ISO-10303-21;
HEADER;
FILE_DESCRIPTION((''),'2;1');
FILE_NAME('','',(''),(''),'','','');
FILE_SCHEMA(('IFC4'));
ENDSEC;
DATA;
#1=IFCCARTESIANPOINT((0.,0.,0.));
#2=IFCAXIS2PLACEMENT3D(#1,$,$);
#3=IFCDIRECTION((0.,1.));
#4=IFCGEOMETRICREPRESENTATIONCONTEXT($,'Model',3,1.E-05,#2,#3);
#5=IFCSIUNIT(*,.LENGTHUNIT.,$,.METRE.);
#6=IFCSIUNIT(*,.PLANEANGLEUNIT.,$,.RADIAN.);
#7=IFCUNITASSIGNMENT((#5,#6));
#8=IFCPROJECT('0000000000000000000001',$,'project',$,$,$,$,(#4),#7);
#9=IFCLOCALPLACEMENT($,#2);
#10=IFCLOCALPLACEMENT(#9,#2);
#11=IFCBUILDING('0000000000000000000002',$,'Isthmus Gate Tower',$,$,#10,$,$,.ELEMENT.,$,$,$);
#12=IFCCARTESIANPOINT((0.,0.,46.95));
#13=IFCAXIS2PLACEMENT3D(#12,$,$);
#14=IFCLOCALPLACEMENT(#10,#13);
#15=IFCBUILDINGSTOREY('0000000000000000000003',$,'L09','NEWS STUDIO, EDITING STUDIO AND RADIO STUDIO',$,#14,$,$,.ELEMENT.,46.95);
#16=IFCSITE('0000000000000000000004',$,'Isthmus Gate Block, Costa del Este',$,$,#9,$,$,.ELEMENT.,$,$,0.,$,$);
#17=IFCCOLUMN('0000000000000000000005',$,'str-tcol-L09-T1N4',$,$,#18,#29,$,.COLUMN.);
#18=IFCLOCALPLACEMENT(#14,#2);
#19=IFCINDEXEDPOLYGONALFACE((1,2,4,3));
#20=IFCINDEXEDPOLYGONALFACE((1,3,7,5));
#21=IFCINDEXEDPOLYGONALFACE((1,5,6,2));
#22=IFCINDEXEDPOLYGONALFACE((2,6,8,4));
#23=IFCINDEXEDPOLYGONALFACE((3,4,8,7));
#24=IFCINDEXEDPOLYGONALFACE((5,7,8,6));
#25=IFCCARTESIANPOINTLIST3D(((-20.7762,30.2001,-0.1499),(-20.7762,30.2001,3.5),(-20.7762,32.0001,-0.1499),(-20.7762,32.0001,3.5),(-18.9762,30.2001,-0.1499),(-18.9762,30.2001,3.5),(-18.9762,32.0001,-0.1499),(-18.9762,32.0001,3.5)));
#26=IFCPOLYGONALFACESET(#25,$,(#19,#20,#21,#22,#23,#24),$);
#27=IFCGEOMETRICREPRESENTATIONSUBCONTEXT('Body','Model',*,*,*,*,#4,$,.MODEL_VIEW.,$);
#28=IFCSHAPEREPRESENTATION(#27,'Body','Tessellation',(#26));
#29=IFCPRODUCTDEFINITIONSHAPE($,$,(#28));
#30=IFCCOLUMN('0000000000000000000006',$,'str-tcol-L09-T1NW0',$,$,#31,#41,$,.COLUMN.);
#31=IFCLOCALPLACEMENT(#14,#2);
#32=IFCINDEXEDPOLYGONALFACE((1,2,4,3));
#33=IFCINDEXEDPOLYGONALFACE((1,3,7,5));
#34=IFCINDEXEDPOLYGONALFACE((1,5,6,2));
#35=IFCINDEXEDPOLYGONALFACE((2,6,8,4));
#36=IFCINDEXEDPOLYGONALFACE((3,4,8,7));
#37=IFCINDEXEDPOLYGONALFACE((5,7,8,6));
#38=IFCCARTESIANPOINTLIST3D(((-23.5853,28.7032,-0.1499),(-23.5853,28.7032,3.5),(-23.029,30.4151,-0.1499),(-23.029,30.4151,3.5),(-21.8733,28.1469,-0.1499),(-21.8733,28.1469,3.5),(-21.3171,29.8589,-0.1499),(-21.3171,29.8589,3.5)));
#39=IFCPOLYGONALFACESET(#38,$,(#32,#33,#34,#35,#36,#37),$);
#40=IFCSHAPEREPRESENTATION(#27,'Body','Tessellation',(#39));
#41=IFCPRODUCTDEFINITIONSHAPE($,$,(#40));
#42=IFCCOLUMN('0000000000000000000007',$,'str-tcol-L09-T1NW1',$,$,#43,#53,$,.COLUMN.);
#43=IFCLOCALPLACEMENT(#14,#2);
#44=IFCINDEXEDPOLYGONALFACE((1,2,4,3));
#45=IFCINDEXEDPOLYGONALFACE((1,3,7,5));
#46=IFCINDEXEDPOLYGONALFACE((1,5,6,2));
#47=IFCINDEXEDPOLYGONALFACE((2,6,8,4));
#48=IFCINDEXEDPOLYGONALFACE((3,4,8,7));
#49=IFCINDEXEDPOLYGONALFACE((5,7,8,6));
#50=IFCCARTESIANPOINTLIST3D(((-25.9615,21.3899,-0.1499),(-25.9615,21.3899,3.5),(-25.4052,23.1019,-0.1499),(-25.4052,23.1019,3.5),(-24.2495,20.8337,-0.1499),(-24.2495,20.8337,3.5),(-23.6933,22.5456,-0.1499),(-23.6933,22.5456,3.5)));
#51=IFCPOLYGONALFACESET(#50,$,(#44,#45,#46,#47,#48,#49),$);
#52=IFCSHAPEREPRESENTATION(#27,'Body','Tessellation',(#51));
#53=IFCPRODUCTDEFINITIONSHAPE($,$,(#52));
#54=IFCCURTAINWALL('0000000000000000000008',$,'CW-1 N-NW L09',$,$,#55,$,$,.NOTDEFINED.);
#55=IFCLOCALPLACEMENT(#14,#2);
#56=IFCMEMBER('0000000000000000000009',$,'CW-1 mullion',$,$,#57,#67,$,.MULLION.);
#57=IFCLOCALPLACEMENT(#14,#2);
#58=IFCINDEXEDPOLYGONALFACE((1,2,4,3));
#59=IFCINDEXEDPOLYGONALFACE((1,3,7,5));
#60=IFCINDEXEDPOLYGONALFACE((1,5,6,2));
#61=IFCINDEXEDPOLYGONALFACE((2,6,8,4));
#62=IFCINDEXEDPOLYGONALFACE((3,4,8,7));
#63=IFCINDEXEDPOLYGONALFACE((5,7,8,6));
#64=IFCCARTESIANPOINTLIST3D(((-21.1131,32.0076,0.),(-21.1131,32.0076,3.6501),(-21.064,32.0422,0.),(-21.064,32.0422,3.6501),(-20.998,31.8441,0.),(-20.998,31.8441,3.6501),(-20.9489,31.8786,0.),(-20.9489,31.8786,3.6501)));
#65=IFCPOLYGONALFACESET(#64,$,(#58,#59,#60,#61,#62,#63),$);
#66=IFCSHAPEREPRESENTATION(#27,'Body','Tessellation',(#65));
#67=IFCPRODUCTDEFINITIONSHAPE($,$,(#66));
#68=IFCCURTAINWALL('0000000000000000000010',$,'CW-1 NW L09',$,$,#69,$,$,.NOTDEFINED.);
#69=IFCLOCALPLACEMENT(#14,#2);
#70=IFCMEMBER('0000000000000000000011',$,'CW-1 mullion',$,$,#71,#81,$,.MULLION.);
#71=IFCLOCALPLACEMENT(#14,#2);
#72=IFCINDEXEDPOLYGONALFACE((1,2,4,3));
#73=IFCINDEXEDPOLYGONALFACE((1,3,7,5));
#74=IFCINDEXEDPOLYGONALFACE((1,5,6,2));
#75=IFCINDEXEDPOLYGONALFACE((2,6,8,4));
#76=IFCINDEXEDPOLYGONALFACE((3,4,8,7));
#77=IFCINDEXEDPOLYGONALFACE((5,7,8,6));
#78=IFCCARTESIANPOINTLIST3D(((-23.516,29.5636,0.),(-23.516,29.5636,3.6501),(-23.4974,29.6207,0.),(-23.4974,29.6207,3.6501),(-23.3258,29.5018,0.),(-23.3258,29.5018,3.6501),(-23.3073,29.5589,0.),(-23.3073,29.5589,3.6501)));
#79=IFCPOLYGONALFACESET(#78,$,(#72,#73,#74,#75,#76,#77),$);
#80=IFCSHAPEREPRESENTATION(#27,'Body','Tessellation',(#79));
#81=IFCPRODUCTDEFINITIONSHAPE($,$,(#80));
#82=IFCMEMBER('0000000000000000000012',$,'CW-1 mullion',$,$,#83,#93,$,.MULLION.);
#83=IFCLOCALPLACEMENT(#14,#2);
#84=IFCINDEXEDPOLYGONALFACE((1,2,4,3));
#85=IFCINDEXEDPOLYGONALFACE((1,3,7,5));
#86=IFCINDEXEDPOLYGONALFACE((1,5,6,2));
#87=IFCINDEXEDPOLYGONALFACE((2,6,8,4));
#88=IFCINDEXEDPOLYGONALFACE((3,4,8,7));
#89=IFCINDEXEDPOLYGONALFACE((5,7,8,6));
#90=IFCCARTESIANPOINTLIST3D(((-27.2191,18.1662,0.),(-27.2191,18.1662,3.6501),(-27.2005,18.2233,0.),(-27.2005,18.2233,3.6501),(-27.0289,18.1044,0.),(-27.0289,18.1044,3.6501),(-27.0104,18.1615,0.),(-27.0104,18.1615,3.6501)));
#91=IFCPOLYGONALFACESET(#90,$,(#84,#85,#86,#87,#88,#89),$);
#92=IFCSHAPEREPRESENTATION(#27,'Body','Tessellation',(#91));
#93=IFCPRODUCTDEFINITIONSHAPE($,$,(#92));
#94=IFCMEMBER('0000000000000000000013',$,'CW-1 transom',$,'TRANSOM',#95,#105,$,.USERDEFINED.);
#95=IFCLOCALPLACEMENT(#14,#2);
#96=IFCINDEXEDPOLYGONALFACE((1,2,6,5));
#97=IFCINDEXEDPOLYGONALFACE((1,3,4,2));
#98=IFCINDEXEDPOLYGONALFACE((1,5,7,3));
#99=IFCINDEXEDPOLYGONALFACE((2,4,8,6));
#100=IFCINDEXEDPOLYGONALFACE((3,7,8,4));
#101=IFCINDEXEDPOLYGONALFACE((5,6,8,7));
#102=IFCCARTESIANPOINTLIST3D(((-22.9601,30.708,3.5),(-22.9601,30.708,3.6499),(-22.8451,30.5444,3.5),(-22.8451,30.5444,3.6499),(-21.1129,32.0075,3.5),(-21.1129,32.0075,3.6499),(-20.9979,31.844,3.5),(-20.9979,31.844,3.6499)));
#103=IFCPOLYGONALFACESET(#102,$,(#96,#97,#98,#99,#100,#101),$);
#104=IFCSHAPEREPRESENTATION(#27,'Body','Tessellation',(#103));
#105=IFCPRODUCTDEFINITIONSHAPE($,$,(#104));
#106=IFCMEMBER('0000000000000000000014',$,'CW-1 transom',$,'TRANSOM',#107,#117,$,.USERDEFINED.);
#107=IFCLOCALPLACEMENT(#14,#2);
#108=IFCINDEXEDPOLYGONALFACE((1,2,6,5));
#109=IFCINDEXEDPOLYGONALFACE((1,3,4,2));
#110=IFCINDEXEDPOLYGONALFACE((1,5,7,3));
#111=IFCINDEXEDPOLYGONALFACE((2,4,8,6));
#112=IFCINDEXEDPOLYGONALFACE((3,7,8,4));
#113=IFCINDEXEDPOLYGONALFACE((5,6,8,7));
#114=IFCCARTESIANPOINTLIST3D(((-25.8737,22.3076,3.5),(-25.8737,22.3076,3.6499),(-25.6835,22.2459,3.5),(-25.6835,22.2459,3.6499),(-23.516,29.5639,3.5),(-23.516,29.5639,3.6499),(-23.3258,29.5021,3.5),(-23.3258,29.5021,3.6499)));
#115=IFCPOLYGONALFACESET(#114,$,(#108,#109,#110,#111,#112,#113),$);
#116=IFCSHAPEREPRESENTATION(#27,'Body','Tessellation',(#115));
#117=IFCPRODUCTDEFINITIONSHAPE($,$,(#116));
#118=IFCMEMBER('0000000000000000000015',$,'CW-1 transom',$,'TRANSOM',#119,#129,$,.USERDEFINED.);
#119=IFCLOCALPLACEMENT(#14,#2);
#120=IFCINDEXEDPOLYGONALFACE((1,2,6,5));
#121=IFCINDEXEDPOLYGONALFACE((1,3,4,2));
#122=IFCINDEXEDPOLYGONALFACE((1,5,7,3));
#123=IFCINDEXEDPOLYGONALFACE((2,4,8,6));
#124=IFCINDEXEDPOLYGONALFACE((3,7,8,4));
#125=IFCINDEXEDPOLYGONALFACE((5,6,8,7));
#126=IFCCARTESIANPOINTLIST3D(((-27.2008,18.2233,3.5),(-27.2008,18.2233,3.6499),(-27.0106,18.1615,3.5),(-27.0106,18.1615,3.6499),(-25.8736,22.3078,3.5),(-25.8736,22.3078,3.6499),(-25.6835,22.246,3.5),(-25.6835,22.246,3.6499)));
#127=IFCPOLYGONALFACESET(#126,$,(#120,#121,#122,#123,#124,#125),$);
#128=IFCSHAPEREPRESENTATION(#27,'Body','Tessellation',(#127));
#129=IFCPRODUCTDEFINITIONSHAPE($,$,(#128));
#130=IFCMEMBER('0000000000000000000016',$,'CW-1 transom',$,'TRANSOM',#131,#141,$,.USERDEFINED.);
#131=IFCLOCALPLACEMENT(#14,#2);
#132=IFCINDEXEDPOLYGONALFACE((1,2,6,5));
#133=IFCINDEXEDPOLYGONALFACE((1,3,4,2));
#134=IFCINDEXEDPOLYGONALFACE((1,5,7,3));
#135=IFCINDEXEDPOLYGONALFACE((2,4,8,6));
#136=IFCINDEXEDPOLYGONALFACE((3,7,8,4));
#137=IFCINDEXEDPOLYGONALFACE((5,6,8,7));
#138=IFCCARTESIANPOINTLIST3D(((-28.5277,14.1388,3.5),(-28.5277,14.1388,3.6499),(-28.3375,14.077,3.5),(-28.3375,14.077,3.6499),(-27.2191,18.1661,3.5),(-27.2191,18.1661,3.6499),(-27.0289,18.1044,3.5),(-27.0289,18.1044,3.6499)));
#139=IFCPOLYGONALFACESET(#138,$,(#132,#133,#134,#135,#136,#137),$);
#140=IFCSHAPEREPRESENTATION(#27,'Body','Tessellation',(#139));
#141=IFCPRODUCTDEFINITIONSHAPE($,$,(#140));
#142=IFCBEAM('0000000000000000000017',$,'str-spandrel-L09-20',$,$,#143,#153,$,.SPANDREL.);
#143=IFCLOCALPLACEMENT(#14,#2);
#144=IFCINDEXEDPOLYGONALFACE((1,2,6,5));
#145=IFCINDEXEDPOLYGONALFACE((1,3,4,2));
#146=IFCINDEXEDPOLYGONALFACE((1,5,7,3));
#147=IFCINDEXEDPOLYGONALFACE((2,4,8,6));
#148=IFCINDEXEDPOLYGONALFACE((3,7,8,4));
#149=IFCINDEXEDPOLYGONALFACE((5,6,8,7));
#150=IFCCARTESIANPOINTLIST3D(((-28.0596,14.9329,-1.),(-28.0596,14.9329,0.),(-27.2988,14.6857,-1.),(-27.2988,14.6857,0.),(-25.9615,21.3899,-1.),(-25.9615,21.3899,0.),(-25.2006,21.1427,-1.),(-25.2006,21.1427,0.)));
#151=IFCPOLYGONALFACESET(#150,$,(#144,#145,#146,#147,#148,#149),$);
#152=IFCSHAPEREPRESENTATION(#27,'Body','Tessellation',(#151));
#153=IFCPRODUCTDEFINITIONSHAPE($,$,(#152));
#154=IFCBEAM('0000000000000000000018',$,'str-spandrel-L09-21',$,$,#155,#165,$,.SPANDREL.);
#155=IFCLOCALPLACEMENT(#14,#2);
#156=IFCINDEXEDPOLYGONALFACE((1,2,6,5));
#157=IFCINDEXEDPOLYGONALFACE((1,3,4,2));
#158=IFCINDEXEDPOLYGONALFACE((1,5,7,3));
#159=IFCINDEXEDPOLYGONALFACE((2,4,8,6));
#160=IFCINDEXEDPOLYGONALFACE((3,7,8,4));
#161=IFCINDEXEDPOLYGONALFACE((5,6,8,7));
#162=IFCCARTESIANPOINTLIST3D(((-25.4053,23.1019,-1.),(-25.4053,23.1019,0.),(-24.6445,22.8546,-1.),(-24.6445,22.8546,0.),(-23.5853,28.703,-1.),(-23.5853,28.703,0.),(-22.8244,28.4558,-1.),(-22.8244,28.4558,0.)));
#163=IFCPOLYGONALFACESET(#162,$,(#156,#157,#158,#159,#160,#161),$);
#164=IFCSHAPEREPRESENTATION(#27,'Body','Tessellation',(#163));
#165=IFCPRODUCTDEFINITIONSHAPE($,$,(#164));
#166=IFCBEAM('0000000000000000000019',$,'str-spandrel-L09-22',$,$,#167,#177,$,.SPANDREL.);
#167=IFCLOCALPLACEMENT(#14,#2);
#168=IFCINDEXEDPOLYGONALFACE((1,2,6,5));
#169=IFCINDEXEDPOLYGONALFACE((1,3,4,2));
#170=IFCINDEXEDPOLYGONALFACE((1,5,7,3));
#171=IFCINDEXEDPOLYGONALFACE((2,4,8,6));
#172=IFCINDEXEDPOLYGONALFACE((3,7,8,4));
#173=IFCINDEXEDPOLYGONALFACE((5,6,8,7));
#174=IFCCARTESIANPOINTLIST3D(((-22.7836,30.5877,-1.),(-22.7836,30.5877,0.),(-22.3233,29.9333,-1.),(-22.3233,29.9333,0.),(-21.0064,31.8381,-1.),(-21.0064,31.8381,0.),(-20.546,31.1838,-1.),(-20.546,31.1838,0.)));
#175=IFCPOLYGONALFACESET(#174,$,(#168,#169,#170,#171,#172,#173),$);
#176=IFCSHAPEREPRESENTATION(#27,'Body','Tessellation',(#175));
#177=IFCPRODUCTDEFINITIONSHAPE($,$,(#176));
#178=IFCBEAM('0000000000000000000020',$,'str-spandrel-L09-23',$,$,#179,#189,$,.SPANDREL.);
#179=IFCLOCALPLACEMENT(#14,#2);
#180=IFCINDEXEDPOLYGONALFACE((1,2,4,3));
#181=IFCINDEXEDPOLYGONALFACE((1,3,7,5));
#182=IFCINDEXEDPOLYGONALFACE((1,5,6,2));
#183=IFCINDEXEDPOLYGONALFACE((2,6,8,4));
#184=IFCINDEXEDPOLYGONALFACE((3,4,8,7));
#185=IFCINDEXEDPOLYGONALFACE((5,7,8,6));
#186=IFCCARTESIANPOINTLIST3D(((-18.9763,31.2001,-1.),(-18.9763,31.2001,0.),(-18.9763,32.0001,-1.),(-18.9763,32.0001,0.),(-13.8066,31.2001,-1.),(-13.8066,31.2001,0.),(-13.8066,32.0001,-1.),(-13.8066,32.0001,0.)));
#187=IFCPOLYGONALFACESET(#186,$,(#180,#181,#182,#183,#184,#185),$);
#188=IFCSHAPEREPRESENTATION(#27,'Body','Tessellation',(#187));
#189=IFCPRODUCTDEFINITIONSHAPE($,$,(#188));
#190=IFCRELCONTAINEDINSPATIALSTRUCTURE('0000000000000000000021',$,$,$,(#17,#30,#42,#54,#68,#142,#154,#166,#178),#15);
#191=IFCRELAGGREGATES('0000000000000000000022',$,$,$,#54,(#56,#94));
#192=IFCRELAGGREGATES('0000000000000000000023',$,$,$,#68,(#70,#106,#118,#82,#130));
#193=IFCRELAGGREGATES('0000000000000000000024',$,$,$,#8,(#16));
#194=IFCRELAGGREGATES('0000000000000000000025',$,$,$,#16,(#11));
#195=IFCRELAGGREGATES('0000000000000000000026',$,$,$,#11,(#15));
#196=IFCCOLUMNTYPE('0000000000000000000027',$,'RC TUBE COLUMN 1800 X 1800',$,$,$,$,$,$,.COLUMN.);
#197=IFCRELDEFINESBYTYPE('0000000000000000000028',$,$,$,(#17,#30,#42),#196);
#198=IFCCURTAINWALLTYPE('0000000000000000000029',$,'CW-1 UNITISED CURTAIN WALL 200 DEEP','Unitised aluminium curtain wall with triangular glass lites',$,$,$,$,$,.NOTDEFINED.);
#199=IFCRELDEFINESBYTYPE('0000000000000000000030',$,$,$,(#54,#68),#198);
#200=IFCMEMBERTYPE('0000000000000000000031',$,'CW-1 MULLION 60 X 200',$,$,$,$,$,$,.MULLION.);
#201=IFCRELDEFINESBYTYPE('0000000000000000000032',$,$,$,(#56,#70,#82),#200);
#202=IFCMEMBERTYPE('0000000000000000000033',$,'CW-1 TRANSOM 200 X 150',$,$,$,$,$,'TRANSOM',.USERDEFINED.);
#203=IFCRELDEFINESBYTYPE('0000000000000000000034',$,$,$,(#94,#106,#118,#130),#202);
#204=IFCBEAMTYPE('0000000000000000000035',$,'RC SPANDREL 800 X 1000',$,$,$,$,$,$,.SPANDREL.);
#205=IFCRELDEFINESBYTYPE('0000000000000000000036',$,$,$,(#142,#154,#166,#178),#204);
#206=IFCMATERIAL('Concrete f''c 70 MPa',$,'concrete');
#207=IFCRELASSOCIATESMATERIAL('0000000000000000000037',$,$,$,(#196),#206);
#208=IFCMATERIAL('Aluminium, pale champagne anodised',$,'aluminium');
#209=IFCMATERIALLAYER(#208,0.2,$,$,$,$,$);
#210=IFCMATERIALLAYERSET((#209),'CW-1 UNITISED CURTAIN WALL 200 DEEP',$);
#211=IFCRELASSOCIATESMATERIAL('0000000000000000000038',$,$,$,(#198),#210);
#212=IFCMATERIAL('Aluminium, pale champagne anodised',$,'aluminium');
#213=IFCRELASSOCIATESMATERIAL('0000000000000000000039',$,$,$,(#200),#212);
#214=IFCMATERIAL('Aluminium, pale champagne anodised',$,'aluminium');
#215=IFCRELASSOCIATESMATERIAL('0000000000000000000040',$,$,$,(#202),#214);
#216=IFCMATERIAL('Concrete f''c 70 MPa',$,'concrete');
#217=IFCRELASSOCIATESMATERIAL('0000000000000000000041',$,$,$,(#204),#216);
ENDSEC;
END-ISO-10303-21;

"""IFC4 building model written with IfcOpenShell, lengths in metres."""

from ifc_helpers import new_model, si_unit, direction, frame, origin, origin_2d, place, context, subcontext, project, spatial, rectangle, extrude, material, layer, layer_set, material_profile, profile_set, type_object, element, aggregate, save


model = new_model("IFC4")

# Units and contexts
model_context = context("Model", 3, precision=1e-05, world=origin(), true_north=direction((0.0, 1.0)))
body_context = subcontext(model_context, "Body", "Model", "MODEL_VIEW")
ifc_project = project(units=[si_unit("LENGTHUNIT", "METRE"), si_unit("PLANEANGLEUNIT", "RADIAN")], contexts=[model_context])

# Site, building, storey
site_placement = place(None, origin())
site = spatial("IfcSite", under=ifc_project, at=site_placement, Name="Isthmus Gate Block, Costa del Este", CompositionType="ELEMENT", RefElevation=0.0)
building_placement = place(site_placement, origin())
building = spatial("IfcBuilding", under=site, at=building_placement, Name="Isthmus Gate Tower", CompositionType="ELEMENT")
storey_placement = place(building_placement, frame((0.0, 0.0, 46.95)))
storey = spatial("IfcBuildingStorey", under=building, at=storey_placement, Name="L09", Description="NEWS STUDIO, EDITING STUDIO AND RADIO STUDIO", CompositionType="ELEMENT", Elevation=46.95)

# Columns
ifc_material_1 = material(Name="Concrete f'c 70 MPa", Category="concrete")
ifc_material_profile_1 = material_profile(ifc_material_1, rectangle(XDim=1.8, YDim=1.8, at=origin_2d()), Name="RC 1800X1800")
ifc_profile_set_1 = profile_set([ifc_material_profile_1], Name="Concrete f'c 70 MPa")
column_type = type_object("IfcColumnType", Name="RC TUBE COLUMN 1800 X 1800", PredefinedType="COLUMN", material=ifc_profile_set_1)
for number, where, z_axis, x_axis, name in (
    (1, (-19.8762, 31.1001, -0.1499), (0.0, 0.0, 1.0), (-1.0, 0.0, 0.0), "str-tcol-L09-T1N4"),
    (2, (-22.4512, 29.281, -0.1499), (0.0, 0.0, 1.0), (-0.309017, -0.951057, 0.0), "str-tcol-L09-T1NW0"),
    (3, (-24.8274, 21.9678, -0.1499), (0.0, 0.0, 1.0), (-0.309017, -0.951057, 0.0), "str-tcol-L09-T1NW1"),
):
    element("IfcColumn", number, at=place(storey_placement, frame(where, z_axis=z_axis, x_axis=x_axis)), inside=storey, type_object=column_type, Name=name, PredefinedType="COLUMN", context=body_context, shape_type="SweptSolid", body=[
        extrude(rectangle(XDim=1.8, YDim=1.8, at=origin_2d()), origin(), (0.0, 0.0, 1.0), 3.6499),
    ])

# Curtain wall, member
ifc_material_2 = material(Name="Aluminium, pale champagne anodised", Category="aluminium")
ifc_layer_1 = layer(ifc_material_2, 0.2)
ifc_layer_set_1 = layer_set([ifc_layer_1], Name="CW-1 UNITISED CURTAIN WALL 200 DEEP")
curtain_wall_type = type_object("IfcCurtainWallType", Name="CW-1 UNITISED CURTAIN WALL 200 DEEP", Description="Unitised aluminium curtain wall with triangular glass lites", PredefinedType="NOTDEFINED", material=ifc_layer_set_1)
curtain_wall_1_placement = place(storey_placement, origin())
curtain_wall_1 = element("IfcCurtainWall", 4, at=curtain_wall_1_placement, inside=storey, type_object=curtain_wall_type, Name="CW-1 N-NW L09", PredefinedType="NOTDEFINED")
ifc_material_3 = material(Name="Aluminium, pale champagne anodised", Category="aluminium")
ifc_material_profile_2 = material_profile(ifc_material_3, rectangle(XDim=0.0601, YDim=0.2, at=origin_2d()), Name="60x200")
ifc_profile_set_2 = profile_set([ifc_material_profile_2], Name="Aluminium, pale champagne anodised")
member_type_1 = type_object("IfcMemberType", Name="CW-1 MULLION 60 X 200", PredefinedType="MULLION", material=ifc_profile_set_2)
member_1_placement = place(storey_placement, frame((-21.031, 31.9431, 0.0), z_axis=(0.0, 0.0, 1.0), x_axis=(-0.81786, -0.575418, 0.0)))
member_1 = element("IfcMember", 5, at=member_1_placement, type_object=member_type_1, Name="CW-1 mullion", PredefinedType="MULLION", context=body_context, shape_type="SweptSolid", body=[
    extrude(rectangle(XDim=0.0601, YDim=0.2, at=origin_2d()), origin(), (0.0, 0.0, 1.0), 3.6501),
])

# Curtain wall, members
curtain_wall_2_placement = place(storey_placement, origin())
curtain_wall_2 = element("IfcCurtainWall", 6, at=curtain_wall_2_placement, inside=storey, type_object=curtain_wall_type, Name="CW-1 NW L09", PredefinedType="NOTDEFINED")
member_2_placement = place(storey_placement, frame((-23.4116, 29.5613, 0.0), z_axis=(0.0, 0.0, 1.0), x_axis=(-0.309017, -0.951057, 0.0)))
member_2 = element("IfcMember", 7, at=member_2_placement, type_object=member_type_1, Name="CW-1 mullion", PredefinedType="MULLION", context=body_context, shape_type="SweptSolid", body=[
    extrude(rectangle(XDim=0.0601, YDim=0.2, at=origin_2d()), origin(), (0.0, 0.0, 1.0), 3.6501),
])
member_3_placement = place(storey_placement, frame((-27.1147, 18.1638, 0.0), z_axis=(0.0, 0.0, 1.0), x_axis=(-0.309017, -0.951057, 0.0)))
member_3 = element("IfcMember", 8, at=member_3_placement, type_object=member_type_1, Name="CW-1 mullion", PredefinedType="MULLION", context=body_context, shape_type="SweptSolid", body=[
    extrude(rectangle(XDim=0.0601, YDim=0.2, at=origin_2d()), origin(), (0.0, 0.0, 1.0), 3.6501),
])

# Members
ifc_material_4 = material(Name="Aluminium, pale champagne anodised", Category="aluminium")
ifc_material_profile_3 = material_profile(ifc_material_4, rectangle(XDim=0.2, YDim=0.1499, at=origin_2d()), Name="200x150")
ifc_profile_set_3 = profile_set([ifc_material_profile_3], Name="Aluminium, pale champagne anodised")
member_type_2 = type_object("IfcMemberType", Name="CW-1 TRANSOM 200 X 150", ElementType="TRANSOM", PredefinedType="USERDEFINED", material=ifc_profile_set_3)
member_4_placement = place(storey_placement, frame((-21.0554, 31.9258, 3.575), z_axis=(-0.817869, -0.575405, 0.0), x_axis=(0.575405, -0.817869, 0.0)))
member_4 = element("IfcMember", 9, at=member_4_placement, type_object=member_type_2, Name="CW-1 transom", ObjectType="TRANSOM", PredefinedType="USERDEFINED", context=body_context, shape_type="SweptSolid", body=[
    extrude(rectangle(XDim=0.2, YDim=0.1499, at=origin_2d()), origin(), (0.0, 0.0, 1.0), 2.2585),
])
member_5_placement = place(storey_placement, frame((-23.4209, 29.533, 3.575), z_axis=(-0.309019, -0.951056, 0.0), x_axis=(0.951056, -0.309019, 0.0)))
member_5 = element("IfcMember", 10, at=member_5_placement, type_object=member_type_2, Name="CW-1 transom", ObjectType="TRANSOM", PredefinedType="USERDEFINED", context=body_context, shape_type="SweptSolid", body=[
    extrude(rectangle(XDim=0.2, YDim=0.1499, at=origin_2d()), origin(), (0.0, 0.0, 1.0), 7.6296),
])
member_6_placement = place(storey_placement, frame((-25.7786, 22.2769, 3.575), z_axis=(-0.309022, -0.951055, 0.0), x_axis=(0.951055, -0.309022, 0.0)))
member_6 = element("IfcMember", 11, at=member_6_placement, type_object=member_type_2, Name="CW-1 transom", ObjectType="TRANSOM", PredefinedType="USERDEFINED", context=body_context, shape_type="SweptSolid", body=[
    extrude(rectangle(XDim=0.2, YDim=0.1499, at=origin_2d()), origin(), (0.0, 0.0, 1.0), 4.2947),
])
member_7_placement = place(storey_placement, frame((-27.124, 18.1353, 3.575), z_axis=(-0.309023, -0.951054, 0.0), x_axis=(0.951054, -0.309023, 0.0)))
member_7 = element("IfcMember", 12, at=member_7_placement, type_object=member_type_2, Name="CW-1 transom", ObjectType="TRANSOM", PredefinedType="USERDEFINED", context=body_context, shape_type="SweptSolid", body=[
    extrude(rectangle(XDim=0.2, YDim=0.1499, at=origin_2d()), origin(), (0.0, 0.0, 1.0), 4.2346),
])

# Beams
ifc_material_5 = material(Name="Concrete f'c 70 MPa", Category="concrete")
ifc_material_profile_4 = material_profile(ifc_material_5, rectangle(XDim=0.8, YDim=1.0, at=origin_2d()), Name="RC 800X1000")
ifc_profile_set_4 = profile_set([ifc_material_profile_4], Name="Concrete f'c 70 MPa")
beam_type_1 = type_object("IfcBeamType", Name="RC SPANDREL 800 X 1000", PredefinedType="SPANDREL", material=ifc_profile_set_4)
beam_1_placement = place(storey_placement, frame((-27.6792, 14.8093, -0.5), z_axis=(0.309034, 0.951051, 0.0), x_axis=(-0.951051, 0.309034, 0.0)))
element("IfcBeam", 13, at=beam_1_placement, inside=storey, type_object=beam_type_1, Name="str-spandrel-L09-20", PredefinedType="SPANDREL", context=body_context, shape_type="SweptSolid", body=[
    extrude(rectangle(XDim=0.8, YDim=1.0, at=origin_2d()), origin(), (0.0, 0.0, 1.0), 6.7893),
])
beam_2_placement = place(storey_placement, frame((-25.0249, 22.9783, -0.5), z_axis=(0.309043, 0.951048, 0.0), x_axis=(-0.951048, 0.309043, 0.0)))
element("IfcBeam", 14, at=beam_2_placement, inside=storey, type_object=beam_type_1, Name="str-spandrel-L09-21", PredefinedType="SPANDREL", context=body_context, shape_type="SweptSolid", body=[
    extrude(rectangle(XDim=0.8, YDim=1.0, at=origin_2d()), origin(), (0.0, 0.0, 1.0), 5.8894),
])
beam_3_placement = place(storey_placement, frame((-22.5535, 30.2605, -0.5), z_axis=(0.817857, 0.575421, 0.0), x_axis=(-0.575421, 0.817857, 0.0)))
element("IfcBeam", 15, at=beam_3_placement, inside=storey, type_object=beam_type_1, Name="str-spandrel-L09-22", PredefinedType="SPANDREL", context=body_context, shape_type="SweptSolid", body=[
    extrude(rectangle(XDim=0.8, YDim=1.0, at=origin_2d()), origin(), (0.0, 0.0, 1.0), 2.1731),
])
beam_4_placement = place(storey_placement, frame((-18.9763, 31.6001, -0.5), z_axis=(1.0, 0.0, 0.0), x_axis=(0.0, 1.0, 0.0)))
element("IfcBeam", 16, at=beam_4_placement, inside=storey, type_object=beam_type_1, Name="str-spandrel-L09-23", PredefinedType="SPANDREL", context=body_context, shape_type="SweptSolid", body=[
    extrude(rectangle(XDim=0.8, YDim=1.0, at=origin_2d()), origin(), (0.0, 0.0, 1.0), 5.1697),
])

aggregate(curtain_wall_1, [member_1, member_4])

aggregate(curtain_wall_2, [member_2, member_5, member_6, member_3, member_7])

save(model, "model.ifc")
